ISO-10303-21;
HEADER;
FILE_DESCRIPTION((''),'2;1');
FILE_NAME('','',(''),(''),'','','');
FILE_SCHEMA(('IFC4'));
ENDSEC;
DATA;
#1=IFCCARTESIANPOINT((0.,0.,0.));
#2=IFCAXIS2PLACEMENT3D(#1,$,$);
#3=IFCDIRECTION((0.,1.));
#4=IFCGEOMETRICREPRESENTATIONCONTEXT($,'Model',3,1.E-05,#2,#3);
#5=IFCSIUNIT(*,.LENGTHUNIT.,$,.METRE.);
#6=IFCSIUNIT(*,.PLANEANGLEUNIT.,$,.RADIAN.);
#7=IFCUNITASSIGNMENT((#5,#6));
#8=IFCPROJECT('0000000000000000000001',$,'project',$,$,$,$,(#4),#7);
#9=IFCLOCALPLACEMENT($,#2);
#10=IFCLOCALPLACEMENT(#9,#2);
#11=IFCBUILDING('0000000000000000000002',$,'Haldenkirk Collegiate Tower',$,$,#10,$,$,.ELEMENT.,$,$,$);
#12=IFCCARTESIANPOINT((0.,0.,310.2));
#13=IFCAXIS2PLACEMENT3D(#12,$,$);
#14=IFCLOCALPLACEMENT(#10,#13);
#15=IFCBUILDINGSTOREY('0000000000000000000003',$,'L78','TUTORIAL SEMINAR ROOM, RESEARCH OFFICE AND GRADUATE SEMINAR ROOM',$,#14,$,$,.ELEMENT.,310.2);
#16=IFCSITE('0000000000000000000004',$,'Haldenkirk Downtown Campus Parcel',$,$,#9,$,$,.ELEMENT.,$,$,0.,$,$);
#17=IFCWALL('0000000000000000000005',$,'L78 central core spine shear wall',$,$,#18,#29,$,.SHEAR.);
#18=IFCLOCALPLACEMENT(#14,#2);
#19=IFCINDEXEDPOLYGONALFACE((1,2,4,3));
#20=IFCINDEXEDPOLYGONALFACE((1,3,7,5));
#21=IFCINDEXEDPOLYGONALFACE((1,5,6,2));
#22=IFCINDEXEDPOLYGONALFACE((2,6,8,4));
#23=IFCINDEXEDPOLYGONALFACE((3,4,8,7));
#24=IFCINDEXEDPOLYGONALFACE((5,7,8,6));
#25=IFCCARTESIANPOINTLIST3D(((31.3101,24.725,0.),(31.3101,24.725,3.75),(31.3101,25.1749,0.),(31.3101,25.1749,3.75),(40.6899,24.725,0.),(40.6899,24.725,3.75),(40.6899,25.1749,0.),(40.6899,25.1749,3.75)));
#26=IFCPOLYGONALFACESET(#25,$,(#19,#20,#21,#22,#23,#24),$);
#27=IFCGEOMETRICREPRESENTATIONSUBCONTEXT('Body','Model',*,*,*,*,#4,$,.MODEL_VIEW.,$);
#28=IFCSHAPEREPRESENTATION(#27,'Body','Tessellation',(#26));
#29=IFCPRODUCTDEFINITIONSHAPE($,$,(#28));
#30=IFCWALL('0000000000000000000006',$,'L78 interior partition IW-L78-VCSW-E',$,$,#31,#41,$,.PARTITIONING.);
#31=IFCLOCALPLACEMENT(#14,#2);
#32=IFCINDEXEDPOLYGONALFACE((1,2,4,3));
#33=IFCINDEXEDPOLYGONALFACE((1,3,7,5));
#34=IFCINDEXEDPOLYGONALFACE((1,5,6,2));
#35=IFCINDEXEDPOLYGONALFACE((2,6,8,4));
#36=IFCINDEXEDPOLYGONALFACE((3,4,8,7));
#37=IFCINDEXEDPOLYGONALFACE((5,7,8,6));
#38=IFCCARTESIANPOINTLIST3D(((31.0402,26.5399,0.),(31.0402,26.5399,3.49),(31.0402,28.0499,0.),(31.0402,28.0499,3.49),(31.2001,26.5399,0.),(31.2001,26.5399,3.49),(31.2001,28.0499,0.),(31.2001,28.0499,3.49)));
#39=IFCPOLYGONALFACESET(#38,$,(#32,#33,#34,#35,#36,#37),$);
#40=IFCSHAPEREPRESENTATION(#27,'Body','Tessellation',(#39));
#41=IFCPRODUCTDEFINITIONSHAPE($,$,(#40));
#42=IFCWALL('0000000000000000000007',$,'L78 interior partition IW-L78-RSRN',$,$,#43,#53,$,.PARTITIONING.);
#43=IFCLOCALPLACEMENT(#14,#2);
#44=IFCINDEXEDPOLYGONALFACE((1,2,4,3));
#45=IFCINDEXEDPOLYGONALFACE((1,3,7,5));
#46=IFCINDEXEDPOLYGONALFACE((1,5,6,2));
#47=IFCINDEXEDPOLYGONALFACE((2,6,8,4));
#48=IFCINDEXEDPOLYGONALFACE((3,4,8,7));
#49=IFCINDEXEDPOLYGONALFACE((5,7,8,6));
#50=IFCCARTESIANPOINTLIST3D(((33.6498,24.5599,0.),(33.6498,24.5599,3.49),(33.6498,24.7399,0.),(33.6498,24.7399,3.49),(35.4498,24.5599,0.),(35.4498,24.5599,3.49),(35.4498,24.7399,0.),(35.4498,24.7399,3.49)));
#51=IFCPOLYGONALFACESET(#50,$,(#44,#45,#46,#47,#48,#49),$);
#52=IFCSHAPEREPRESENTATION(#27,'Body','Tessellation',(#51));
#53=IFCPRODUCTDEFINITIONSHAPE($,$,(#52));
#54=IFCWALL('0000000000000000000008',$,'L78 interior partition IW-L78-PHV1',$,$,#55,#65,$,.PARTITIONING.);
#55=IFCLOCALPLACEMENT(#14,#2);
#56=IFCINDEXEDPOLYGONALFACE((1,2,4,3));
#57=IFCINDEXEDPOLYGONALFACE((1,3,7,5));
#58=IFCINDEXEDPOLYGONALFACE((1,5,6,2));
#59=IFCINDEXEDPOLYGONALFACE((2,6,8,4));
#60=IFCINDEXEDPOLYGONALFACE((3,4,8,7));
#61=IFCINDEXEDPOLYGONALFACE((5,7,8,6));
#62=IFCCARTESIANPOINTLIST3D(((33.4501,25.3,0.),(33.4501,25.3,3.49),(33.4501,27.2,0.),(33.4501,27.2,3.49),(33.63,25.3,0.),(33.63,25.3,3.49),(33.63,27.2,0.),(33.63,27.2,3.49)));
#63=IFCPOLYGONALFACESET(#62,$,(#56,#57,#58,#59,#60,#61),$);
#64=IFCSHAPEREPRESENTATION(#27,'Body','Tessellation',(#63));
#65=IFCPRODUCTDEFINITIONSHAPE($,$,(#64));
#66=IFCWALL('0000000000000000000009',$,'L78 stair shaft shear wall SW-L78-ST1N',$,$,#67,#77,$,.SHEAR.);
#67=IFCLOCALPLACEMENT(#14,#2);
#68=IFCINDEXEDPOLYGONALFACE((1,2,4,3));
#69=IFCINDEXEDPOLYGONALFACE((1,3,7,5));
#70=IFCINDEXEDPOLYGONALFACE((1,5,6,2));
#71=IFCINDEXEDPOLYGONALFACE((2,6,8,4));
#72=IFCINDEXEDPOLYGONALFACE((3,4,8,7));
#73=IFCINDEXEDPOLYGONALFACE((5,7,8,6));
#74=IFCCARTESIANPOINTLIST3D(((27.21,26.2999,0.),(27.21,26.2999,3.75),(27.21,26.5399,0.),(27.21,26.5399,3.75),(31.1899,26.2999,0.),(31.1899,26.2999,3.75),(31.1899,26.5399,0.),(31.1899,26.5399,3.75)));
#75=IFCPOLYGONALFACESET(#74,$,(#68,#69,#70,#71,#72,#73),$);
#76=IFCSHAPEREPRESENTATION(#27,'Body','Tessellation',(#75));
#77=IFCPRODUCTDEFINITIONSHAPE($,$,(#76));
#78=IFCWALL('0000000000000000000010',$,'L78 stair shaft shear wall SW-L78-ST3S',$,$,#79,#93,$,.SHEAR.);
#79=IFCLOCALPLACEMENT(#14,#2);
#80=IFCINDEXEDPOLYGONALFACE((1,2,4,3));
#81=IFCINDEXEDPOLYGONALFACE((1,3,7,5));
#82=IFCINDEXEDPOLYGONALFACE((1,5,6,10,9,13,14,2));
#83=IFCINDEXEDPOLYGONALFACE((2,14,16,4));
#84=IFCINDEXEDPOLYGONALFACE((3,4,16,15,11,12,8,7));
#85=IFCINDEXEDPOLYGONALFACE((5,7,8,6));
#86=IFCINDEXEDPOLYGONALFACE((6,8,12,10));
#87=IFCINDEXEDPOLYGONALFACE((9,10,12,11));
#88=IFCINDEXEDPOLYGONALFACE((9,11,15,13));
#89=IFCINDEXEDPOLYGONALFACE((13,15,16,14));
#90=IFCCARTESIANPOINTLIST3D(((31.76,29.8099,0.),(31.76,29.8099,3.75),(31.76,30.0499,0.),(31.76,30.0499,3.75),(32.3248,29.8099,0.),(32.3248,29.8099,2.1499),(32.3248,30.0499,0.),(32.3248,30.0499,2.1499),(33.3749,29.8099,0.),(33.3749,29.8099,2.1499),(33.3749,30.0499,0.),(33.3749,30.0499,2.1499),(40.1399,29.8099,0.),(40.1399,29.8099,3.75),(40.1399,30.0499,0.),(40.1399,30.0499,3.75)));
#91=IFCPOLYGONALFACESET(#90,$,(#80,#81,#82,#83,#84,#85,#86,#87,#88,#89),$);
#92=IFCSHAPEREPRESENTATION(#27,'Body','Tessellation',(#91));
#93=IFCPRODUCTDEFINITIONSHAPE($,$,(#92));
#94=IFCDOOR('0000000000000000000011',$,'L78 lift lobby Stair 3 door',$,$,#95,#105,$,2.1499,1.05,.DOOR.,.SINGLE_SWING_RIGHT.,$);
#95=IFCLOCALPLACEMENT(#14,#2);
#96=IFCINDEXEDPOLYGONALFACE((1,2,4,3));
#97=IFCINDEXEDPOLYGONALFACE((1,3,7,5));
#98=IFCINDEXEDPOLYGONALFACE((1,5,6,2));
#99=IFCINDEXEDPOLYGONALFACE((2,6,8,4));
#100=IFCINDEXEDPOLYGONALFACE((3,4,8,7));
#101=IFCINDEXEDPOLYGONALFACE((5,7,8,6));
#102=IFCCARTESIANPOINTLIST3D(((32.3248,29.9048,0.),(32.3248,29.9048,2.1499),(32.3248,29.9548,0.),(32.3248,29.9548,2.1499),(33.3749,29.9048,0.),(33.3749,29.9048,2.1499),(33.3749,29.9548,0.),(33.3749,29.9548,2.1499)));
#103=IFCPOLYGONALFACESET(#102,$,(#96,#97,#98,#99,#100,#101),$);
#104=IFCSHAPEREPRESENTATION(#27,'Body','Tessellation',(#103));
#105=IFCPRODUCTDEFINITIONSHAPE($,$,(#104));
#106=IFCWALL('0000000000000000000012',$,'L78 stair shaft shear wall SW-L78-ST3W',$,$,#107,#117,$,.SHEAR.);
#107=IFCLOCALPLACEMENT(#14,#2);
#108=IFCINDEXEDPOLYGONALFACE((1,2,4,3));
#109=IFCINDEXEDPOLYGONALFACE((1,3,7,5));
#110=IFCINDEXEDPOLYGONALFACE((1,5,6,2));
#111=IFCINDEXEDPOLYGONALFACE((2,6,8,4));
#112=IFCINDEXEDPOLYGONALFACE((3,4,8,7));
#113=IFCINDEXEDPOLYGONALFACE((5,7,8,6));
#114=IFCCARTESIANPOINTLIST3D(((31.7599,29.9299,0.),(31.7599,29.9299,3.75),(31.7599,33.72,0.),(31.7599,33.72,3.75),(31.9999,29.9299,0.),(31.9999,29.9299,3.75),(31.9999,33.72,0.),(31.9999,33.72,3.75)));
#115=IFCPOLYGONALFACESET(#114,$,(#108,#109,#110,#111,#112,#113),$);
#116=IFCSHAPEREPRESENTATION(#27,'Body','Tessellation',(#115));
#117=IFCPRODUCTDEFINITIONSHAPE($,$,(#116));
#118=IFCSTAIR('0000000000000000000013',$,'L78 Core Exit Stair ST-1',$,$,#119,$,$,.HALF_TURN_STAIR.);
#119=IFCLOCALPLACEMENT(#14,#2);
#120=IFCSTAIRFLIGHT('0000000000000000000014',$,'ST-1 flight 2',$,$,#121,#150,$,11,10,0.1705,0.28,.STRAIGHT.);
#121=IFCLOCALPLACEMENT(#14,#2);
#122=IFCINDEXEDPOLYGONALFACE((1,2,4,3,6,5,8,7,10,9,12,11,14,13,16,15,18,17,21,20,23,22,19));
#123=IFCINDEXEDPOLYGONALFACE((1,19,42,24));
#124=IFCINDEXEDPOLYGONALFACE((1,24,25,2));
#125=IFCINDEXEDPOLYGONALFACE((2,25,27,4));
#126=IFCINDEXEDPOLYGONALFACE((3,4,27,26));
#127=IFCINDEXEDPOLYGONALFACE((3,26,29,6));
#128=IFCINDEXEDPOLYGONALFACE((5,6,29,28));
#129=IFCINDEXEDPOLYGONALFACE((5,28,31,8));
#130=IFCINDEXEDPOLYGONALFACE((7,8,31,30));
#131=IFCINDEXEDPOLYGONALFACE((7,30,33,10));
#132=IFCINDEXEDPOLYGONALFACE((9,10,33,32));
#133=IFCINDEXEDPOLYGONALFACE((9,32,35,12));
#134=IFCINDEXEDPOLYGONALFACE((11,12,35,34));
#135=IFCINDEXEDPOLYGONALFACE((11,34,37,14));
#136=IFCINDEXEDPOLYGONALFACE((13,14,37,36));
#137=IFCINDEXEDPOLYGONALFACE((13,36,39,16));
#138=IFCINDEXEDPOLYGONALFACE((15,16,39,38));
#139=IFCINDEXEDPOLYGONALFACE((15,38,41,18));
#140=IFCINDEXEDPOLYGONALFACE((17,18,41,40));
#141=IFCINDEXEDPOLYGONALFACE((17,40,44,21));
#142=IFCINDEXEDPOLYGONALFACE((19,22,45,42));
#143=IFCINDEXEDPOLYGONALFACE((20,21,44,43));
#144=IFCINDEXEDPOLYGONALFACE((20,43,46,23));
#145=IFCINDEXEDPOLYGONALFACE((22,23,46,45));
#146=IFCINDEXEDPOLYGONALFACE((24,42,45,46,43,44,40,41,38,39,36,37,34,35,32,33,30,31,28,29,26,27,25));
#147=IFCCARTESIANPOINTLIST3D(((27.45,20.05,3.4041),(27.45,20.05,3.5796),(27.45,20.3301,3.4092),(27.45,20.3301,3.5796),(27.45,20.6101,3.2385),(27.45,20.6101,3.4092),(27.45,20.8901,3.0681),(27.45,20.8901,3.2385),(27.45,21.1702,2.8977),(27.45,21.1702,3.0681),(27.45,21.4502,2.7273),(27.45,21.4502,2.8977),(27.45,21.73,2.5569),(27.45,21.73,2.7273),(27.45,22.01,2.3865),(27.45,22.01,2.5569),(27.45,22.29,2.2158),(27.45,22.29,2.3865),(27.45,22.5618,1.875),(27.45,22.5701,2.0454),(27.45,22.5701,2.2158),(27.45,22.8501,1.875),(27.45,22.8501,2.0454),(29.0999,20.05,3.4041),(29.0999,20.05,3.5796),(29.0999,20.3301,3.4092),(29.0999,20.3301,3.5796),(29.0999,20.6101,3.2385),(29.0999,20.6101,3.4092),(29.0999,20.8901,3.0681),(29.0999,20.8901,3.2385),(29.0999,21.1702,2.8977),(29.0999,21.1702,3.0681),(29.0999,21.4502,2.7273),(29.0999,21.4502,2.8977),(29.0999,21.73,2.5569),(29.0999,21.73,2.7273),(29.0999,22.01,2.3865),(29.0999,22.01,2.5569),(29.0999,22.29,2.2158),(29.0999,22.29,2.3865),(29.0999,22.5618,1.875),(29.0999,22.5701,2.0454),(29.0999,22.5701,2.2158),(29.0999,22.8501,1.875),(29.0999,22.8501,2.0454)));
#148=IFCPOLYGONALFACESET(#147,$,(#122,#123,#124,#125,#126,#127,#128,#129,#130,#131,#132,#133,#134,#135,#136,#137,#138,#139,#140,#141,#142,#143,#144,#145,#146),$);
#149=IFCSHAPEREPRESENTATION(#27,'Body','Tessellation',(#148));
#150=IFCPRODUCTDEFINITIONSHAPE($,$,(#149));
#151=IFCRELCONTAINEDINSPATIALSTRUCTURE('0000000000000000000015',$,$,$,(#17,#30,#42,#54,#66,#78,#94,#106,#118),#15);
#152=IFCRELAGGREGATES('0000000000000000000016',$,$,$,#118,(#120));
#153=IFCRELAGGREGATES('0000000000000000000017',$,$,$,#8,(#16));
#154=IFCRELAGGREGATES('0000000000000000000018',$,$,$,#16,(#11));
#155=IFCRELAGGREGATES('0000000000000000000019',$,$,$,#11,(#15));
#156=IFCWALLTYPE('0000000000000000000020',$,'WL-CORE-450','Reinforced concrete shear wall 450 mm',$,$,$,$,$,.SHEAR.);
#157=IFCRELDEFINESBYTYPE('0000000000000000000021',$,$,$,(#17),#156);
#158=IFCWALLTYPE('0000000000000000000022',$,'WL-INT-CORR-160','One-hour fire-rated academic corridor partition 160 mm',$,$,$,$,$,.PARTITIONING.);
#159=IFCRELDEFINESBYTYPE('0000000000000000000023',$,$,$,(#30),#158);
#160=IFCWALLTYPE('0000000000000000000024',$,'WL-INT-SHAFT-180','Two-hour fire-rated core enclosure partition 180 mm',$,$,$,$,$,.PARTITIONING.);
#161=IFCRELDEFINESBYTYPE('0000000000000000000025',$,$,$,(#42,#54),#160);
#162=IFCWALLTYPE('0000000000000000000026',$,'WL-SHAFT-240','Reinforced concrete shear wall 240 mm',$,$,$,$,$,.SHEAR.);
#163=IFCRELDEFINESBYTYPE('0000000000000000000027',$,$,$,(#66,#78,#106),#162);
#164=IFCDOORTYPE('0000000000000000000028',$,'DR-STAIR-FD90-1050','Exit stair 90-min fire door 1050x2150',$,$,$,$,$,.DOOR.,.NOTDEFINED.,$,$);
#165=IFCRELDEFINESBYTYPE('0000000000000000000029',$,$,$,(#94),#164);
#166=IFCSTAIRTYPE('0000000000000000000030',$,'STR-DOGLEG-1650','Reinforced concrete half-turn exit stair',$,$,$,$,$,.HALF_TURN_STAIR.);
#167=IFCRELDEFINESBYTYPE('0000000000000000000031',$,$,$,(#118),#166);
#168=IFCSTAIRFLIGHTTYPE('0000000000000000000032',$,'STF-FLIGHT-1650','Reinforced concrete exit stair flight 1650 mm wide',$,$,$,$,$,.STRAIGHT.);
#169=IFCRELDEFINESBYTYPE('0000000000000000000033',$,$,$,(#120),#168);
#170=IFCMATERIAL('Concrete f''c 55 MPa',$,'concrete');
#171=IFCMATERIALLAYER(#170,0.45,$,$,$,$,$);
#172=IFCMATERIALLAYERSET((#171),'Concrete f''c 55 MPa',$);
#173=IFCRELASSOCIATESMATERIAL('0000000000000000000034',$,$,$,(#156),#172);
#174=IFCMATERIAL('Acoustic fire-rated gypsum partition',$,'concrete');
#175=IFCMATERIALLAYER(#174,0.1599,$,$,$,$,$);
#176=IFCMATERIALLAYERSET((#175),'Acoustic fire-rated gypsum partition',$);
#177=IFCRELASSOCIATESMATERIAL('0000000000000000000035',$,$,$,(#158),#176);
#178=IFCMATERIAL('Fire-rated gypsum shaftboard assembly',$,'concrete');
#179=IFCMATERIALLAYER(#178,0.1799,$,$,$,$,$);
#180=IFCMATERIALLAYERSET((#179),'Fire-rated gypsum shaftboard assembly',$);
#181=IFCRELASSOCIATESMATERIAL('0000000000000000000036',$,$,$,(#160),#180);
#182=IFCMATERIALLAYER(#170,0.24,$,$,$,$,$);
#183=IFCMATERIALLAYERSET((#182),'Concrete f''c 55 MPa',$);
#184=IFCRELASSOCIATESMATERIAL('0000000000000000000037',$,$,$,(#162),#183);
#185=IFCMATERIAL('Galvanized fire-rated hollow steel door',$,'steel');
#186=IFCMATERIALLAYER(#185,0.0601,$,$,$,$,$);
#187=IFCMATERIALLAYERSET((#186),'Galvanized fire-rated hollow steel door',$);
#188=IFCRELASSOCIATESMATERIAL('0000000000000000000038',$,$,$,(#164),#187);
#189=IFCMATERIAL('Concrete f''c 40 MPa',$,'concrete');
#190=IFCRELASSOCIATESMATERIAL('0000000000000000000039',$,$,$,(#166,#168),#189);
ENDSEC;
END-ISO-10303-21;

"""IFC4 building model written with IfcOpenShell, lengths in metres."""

from ifc_helpers import new_model, si_unit, direction, frame, frame_2d, origin, place, context, subcontext, project, spatial, polyline, rectangle, outline, extrude, material, layer, layer_set, type_object, element, fill, aggregate, save


model = new_model("IFC4")

# Units and contexts
model_context = context("Model", 3, precision=1e-05, world=origin(), true_north=direction((0.0, 1.0)))
body_context = subcontext(model_context, "Body", "Model", "MODEL_VIEW")
ifc_project = project(units=[si_unit("LENGTHUNIT", "METRE"), si_unit("PLANEANGLEUNIT", "RADIAN")], contexts=[model_context])

# Site, building, storey
site_placement = place(None, origin())
site = spatial("IfcSite", under=ifc_project, at=site_placement, Name="Haldenkirk Downtown Campus Parcel", CompositionType="ELEMENT", RefElevation=0.0)
building_placement = place(site_placement, origin())
building = spatial("IfcBuilding", under=site, at=building_placement, Name="Haldenkirk Collegiate Tower", CompositionType="ELEMENT")
storey_placement = place(building_placement, frame((0.0, 0.0, 310.2)))
storey = spatial("IfcBuildingStorey", under=building, at=storey_placement, Name="L78", Description="TUTORIAL SEMINAR ROOM, RESEARCH OFFICE AND GRADUATE SEMINAR ROOM", CompositionType="ELEMENT", Elevation=310.2)

# Wall
ifc_material_1 = material(Name="Concrete f'c 55 MPa", Category="concrete")
ifc_layer_1 = layer(ifc_material_1, 0.45)
ifc_layer_set_1 = layer_set([ifc_layer_1], Name="Concrete f'c 55 MPa")
wall_type_1 = type_object("IfcWallType", Name="WL-CORE-450", Description="Reinforced concrete shear wall 450 mm", PredefinedType="SHEAR", material=ifc_layer_set_1)
wall_1_placement = place(storey_placement, frame((31.3101, 24.95, 0.0), z_axis=(0.0, 0.0, 1.0), x_axis=(1.0, 0.0, 0.0)))
element("IfcWall", 1, at=wall_1_placement, inside=storey, type_object=wall_type_1, Name="L78 central core spine shear wall", PredefinedType="SHEAR", context=body_context, shape_type="SweptSolid", body=[
    extrude(rectangle(XDim=9.3799, YDim=0.45, at=frame_2d((4.6899, 0.0))), origin(), (0.0, 0.0, 1.0), 3.75),
])

# Shared definitions
ifc_material_2 = material(Name="Acoustic fire-rated gypsum partition", Category="concrete")
ifc_layer_2 = layer(ifc_material_2, 0.1599)
ifc_layer_set_2 = layer_set([ifc_layer_2], Name="Acoustic fire-rated gypsum partition")
wall_type_2 = type_object("IfcWallType", Name="WL-INT-CORR-160", Description="One-hour fire-rated academic corridor partition 160 mm", PredefinedType="PARTITIONING", material=ifc_layer_set_2)

# Wall
wall_2_placement = place(storey_placement, frame((31.1201, 26.54, 0.0), z_axis=(0.0, 0.0, 1.0), x_axis=(0.0, 1.0, 0.0)))
element("IfcWall", 2, at=wall_2_placement, inside=storey, type_object=wall_type_2, Name="L78 interior partition IW-L78-VCSW-E", PredefinedType="PARTITIONING", context=body_context, shape_type="SweptSolid", body=[
    extrude(rectangle(XDim=1.51, YDim=0.1599, at=frame_2d((0.7549, 0.0))), origin(), (0.0, 0.0, 1.0), 3.49),
])

# Wall
ifc_material_3 = material(Name="Fire-rated gypsum shaftboard assembly", Category="concrete")
ifc_layer_3 = layer(ifc_material_3, 0.1799)
ifc_layer_set_3 = layer_set([ifc_layer_3], Name="Fire-rated gypsum shaftboard assembly")
wall_type_3 = type_object("IfcWallType", Name="WL-INT-SHAFT-180", Description="Two-hour fire-rated core enclosure partition 180 mm", PredefinedType="PARTITIONING", material=ifc_layer_set_3)
wall_3_placement = place(storey_placement, frame((33.6499, 24.6499, 0.0), z_axis=(0.0, 0.0, 1.0), x_axis=(1.0, 0.0, 0.0)))
element("IfcWall", 3, at=wall_3_placement, inside=storey, type_object=wall_type_3, Name="L78 interior partition IW-L78-RSRN", PredefinedType="PARTITIONING", context=body_context, shape_type="SweptSolid", body=[
    extrude(rectangle(XDim=1.8, YDim=0.1799, at=frame_2d((0.8999, 0.0))), origin(), (0.0, 0.0, 1.0), 3.49),
])

# Walls
wall_4_placement = place(storey_placement, frame((33.54, 25.3, 0.0), z_axis=(0.0, 0.0, 1.0), x_axis=(0.0, 1.0, 0.0)))
element("IfcWall", 4, at=wall_4_placement, inside=storey, type_object=wall_type_3, Name="L78 interior partition IW-L78-PHV1", PredefinedType="PARTITIONING", context=body_context, shape_type="SweptSolid", body=[
    extrude(rectangle(XDim=1.8999, YDim=0.1799, at=frame_2d((0.95, 0.0))), origin(), (0.0, 0.0, 1.0), 3.49),
])
ifc_layer_4 = layer(ifc_material_1, 0.24)
ifc_layer_set_4 = layer_set([ifc_layer_4], Name="Concrete f'c 55 MPa")
wall_type_4 = type_object("IfcWallType", Name="WL-SHAFT-240", Description="Reinforced concrete shear wall 240 mm", PredefinedType="SHEAR", material=ifc_layer_set_4)
wall_5_placement = place(storey_placement, frame((27.21, 26.4199, 0.0), z_axis=(0.0, 0.0, 1.0), x_axis=(1.0, 0.0, 0.0)))
element("IfcWall", 5, at=wall_5_placement, inside=storey, type_object=wall_type_4, Name="L78 stair shaft shear wall SW-L78-ST1N", PredefinedType="SHEAR", context=body_context, shape_type="SweptSolid", body=[
    extrude(rectangle(XDim=3.98, YDim=0.24, at=frame_2d((1.99, 0.0))), origin(), (0.0, 0.0, 1.0), 3.75),
])

# Wall, opening, door
wall_6_placement = place(storey_placement, frame((31.76, 29.9299, 0.0), z_axis=(0.0, 0.0, 1.0), x_axis=(1.0, 0.0, 0.0)))
wall_6 = element("IfcWall", 6, at=wall_6_placement, inside=storey, type_object=wall_type_4, Name="L78 stair shaft shear wall SW-L78-ST3S", PredefinedType="SHEAR", context=body_context, shape_type="SweptSolid", body=[
    extrude(rectangle(XDim=8.3799, YDim=0.24, at=frame_2d((4.1899, 0.0))), origin(), (0.0, 0.0, 1.0), 3.75),
])
opening_1_placement = place(wall_6_placement, frame((0.5649, 0.0, 0.0)))
opening_1 = element("IfcOpeningElement", 7, at=opening_1_placement, cuts=wall_6, PredefinedType="OPENING", context=body_context, shape_type="SweptSolid", body=[
    extrude(rectangle(XDim=1.05, YDim=2.1499, at=frame_2d((0.5249, 1.075))), frame((0.0, 0.1299, 0.0), z_axis=(0.0, -1.0, 0.0), x_axis=(1.0, 0.0, 0.0)), (0.0, 0.0, 1.0), 0.26),
])
ifc_material_4 = material(Name="Galvanized fire-rated hollow steel door", Category="steel")
ifc_layer_5 = layer(ifc_material_4, 0.0601)
ifc_layer_set_5 = layer_set([ifc_layer_5], Name="Galvanized fire-rated hollow steel door")
door_type_1 = type_object("IfcDoorType", Name="DR-STAIR-FD90-1050", Description="Exit stair 90-min fire door 1050x2150", OperationType="NOTDEFINED", PredefinedType="DOOR", material=ifc_layer_set_5)
door_1_placement = place(opening_1_placement, origin())
door_1 = element("IfcDoor", 8, at=door_1_placement, inside=storey, type_object=door_type_1, Name="L78 lift lobby Stair 3 door", OperationType="SINGLE_SWING_RIGHT", OverallHeight=2.1499, OverallWidth=1.05, PredefinedType="DOOR", context=body_context, shape_type="SweptSolid", body=[
    extrude(rectangle(XDim=1.05, YDim=2.1499, at=frame_2d((0.5249, 1.075))), frame((0.0, 0.0249, 0.0), z_axis=(0.0, -1.0, 0.0), x_axis=(1.0, 0.0, 0.0)), (0.0, 0.0, 1.0), 0.05),
])
fill(opening_1, door_1)

# Wall
wall_7_placement = place(storey_placement, frame((31.8799, 29.9299, 0.0), z_axis=(0.0, 0.0, 1.0), x_axis=(0.0, 1.0, 0.0)))
element("IfcWall", 9, at=wall_7_placement, inside=storey, type_object=wall_type_4, Name="L78 stair shaft shear wall SW-L78-ST3W", PredefinedType="SHEAR", context=body_context, shape_type="SweptSolid", body=[
    extrude(rectangle(XDim=3.79, YDim=0.24, at=frame_2d((1.895, 0.0))), origin(), (0.0, 0.0, 1.0), 3.75),
])

# Stair, stair flight
ifc_material_5 = material(Name="Concrete f'c 40 MPa", Category="concrete")
stair_type = type_object("IfcStairType", Name="STR-DOGLEG-1650", Description="Reinforced concrete half-turn exit stair", PredefinedType="HALF_TURN_STAIR", material=ifc_material_5)
stair_1_placement = place(storey_placement, origin())
stair_1 = element("IfcStair", 10, at=stair_1_placement, inside=storey, type_object=stair_type, Name="L78 Core Exit Stair ST-1", PredefinedType="HALF_TURN_STAIR")
stair_flight_type = type_object("IfcStairFlightType", Name="STF-FLIGHT-1650", Description="Reinforced concrete exit stair flight 1650 mm wide", PredefinedType="STRAIGHT", material=ifc_material_5)
stair_flight_1_placement = place(storey_placement, frame((28.2749, 22.8501, 1.875), z_axis=(0.0, 0.0, 1.0), x_axis=(0.0, -1.0, 0.0)))
stair_flight_1 = element("IfcStairFlight", 11, at=stair_flight_1_placement, type_object=stair_flight_type, Name="ST-1 flight 2", NumberOfRisers=11, NumberOfTreads=10, PredefinedType="STRAIGHT", RiserHeight=0.1705, TreadLength=0.28, context=body_context, shape_type="SweptSolid", body=[
    extrude(outline(polyline([(0.0, 0.0), (0.0, 0.1704), (0.28, 0.1704), (0.28, 0.3408), (0.5601, 0.3408), (0.5601, 0.5115), (0.8401, 0.5115), (0.8401, 0.6819), (1.1201, 0.6819), (1.1201, 0.8523), (1.3999, 0.8523), (1.3999, 1.0227), (1.6799, 1.0227), (1.6799, 1.1931), (1.96, 1.1931), (1.96, 1.3635), (2.24, 1.3635), (2.24, 1.5342), (2.52, 1.5342), (2.52, 1.7046), (2.8, 1.7046), (2.8, 1.875), (2.8, 1.5291), (0.2883, 0.0), (0.0, 0.0)])), frame((0.0, 0.825, 0.0), z_axis=(0.0, -1.0, 0.0), x_axis=(1.0, 0.0, 0.0)), (0.0, 0.0, 1.0), 1.6499),
])
aggregate(stair_1, [stair_flight_1])

save(model, "model.ifc")
